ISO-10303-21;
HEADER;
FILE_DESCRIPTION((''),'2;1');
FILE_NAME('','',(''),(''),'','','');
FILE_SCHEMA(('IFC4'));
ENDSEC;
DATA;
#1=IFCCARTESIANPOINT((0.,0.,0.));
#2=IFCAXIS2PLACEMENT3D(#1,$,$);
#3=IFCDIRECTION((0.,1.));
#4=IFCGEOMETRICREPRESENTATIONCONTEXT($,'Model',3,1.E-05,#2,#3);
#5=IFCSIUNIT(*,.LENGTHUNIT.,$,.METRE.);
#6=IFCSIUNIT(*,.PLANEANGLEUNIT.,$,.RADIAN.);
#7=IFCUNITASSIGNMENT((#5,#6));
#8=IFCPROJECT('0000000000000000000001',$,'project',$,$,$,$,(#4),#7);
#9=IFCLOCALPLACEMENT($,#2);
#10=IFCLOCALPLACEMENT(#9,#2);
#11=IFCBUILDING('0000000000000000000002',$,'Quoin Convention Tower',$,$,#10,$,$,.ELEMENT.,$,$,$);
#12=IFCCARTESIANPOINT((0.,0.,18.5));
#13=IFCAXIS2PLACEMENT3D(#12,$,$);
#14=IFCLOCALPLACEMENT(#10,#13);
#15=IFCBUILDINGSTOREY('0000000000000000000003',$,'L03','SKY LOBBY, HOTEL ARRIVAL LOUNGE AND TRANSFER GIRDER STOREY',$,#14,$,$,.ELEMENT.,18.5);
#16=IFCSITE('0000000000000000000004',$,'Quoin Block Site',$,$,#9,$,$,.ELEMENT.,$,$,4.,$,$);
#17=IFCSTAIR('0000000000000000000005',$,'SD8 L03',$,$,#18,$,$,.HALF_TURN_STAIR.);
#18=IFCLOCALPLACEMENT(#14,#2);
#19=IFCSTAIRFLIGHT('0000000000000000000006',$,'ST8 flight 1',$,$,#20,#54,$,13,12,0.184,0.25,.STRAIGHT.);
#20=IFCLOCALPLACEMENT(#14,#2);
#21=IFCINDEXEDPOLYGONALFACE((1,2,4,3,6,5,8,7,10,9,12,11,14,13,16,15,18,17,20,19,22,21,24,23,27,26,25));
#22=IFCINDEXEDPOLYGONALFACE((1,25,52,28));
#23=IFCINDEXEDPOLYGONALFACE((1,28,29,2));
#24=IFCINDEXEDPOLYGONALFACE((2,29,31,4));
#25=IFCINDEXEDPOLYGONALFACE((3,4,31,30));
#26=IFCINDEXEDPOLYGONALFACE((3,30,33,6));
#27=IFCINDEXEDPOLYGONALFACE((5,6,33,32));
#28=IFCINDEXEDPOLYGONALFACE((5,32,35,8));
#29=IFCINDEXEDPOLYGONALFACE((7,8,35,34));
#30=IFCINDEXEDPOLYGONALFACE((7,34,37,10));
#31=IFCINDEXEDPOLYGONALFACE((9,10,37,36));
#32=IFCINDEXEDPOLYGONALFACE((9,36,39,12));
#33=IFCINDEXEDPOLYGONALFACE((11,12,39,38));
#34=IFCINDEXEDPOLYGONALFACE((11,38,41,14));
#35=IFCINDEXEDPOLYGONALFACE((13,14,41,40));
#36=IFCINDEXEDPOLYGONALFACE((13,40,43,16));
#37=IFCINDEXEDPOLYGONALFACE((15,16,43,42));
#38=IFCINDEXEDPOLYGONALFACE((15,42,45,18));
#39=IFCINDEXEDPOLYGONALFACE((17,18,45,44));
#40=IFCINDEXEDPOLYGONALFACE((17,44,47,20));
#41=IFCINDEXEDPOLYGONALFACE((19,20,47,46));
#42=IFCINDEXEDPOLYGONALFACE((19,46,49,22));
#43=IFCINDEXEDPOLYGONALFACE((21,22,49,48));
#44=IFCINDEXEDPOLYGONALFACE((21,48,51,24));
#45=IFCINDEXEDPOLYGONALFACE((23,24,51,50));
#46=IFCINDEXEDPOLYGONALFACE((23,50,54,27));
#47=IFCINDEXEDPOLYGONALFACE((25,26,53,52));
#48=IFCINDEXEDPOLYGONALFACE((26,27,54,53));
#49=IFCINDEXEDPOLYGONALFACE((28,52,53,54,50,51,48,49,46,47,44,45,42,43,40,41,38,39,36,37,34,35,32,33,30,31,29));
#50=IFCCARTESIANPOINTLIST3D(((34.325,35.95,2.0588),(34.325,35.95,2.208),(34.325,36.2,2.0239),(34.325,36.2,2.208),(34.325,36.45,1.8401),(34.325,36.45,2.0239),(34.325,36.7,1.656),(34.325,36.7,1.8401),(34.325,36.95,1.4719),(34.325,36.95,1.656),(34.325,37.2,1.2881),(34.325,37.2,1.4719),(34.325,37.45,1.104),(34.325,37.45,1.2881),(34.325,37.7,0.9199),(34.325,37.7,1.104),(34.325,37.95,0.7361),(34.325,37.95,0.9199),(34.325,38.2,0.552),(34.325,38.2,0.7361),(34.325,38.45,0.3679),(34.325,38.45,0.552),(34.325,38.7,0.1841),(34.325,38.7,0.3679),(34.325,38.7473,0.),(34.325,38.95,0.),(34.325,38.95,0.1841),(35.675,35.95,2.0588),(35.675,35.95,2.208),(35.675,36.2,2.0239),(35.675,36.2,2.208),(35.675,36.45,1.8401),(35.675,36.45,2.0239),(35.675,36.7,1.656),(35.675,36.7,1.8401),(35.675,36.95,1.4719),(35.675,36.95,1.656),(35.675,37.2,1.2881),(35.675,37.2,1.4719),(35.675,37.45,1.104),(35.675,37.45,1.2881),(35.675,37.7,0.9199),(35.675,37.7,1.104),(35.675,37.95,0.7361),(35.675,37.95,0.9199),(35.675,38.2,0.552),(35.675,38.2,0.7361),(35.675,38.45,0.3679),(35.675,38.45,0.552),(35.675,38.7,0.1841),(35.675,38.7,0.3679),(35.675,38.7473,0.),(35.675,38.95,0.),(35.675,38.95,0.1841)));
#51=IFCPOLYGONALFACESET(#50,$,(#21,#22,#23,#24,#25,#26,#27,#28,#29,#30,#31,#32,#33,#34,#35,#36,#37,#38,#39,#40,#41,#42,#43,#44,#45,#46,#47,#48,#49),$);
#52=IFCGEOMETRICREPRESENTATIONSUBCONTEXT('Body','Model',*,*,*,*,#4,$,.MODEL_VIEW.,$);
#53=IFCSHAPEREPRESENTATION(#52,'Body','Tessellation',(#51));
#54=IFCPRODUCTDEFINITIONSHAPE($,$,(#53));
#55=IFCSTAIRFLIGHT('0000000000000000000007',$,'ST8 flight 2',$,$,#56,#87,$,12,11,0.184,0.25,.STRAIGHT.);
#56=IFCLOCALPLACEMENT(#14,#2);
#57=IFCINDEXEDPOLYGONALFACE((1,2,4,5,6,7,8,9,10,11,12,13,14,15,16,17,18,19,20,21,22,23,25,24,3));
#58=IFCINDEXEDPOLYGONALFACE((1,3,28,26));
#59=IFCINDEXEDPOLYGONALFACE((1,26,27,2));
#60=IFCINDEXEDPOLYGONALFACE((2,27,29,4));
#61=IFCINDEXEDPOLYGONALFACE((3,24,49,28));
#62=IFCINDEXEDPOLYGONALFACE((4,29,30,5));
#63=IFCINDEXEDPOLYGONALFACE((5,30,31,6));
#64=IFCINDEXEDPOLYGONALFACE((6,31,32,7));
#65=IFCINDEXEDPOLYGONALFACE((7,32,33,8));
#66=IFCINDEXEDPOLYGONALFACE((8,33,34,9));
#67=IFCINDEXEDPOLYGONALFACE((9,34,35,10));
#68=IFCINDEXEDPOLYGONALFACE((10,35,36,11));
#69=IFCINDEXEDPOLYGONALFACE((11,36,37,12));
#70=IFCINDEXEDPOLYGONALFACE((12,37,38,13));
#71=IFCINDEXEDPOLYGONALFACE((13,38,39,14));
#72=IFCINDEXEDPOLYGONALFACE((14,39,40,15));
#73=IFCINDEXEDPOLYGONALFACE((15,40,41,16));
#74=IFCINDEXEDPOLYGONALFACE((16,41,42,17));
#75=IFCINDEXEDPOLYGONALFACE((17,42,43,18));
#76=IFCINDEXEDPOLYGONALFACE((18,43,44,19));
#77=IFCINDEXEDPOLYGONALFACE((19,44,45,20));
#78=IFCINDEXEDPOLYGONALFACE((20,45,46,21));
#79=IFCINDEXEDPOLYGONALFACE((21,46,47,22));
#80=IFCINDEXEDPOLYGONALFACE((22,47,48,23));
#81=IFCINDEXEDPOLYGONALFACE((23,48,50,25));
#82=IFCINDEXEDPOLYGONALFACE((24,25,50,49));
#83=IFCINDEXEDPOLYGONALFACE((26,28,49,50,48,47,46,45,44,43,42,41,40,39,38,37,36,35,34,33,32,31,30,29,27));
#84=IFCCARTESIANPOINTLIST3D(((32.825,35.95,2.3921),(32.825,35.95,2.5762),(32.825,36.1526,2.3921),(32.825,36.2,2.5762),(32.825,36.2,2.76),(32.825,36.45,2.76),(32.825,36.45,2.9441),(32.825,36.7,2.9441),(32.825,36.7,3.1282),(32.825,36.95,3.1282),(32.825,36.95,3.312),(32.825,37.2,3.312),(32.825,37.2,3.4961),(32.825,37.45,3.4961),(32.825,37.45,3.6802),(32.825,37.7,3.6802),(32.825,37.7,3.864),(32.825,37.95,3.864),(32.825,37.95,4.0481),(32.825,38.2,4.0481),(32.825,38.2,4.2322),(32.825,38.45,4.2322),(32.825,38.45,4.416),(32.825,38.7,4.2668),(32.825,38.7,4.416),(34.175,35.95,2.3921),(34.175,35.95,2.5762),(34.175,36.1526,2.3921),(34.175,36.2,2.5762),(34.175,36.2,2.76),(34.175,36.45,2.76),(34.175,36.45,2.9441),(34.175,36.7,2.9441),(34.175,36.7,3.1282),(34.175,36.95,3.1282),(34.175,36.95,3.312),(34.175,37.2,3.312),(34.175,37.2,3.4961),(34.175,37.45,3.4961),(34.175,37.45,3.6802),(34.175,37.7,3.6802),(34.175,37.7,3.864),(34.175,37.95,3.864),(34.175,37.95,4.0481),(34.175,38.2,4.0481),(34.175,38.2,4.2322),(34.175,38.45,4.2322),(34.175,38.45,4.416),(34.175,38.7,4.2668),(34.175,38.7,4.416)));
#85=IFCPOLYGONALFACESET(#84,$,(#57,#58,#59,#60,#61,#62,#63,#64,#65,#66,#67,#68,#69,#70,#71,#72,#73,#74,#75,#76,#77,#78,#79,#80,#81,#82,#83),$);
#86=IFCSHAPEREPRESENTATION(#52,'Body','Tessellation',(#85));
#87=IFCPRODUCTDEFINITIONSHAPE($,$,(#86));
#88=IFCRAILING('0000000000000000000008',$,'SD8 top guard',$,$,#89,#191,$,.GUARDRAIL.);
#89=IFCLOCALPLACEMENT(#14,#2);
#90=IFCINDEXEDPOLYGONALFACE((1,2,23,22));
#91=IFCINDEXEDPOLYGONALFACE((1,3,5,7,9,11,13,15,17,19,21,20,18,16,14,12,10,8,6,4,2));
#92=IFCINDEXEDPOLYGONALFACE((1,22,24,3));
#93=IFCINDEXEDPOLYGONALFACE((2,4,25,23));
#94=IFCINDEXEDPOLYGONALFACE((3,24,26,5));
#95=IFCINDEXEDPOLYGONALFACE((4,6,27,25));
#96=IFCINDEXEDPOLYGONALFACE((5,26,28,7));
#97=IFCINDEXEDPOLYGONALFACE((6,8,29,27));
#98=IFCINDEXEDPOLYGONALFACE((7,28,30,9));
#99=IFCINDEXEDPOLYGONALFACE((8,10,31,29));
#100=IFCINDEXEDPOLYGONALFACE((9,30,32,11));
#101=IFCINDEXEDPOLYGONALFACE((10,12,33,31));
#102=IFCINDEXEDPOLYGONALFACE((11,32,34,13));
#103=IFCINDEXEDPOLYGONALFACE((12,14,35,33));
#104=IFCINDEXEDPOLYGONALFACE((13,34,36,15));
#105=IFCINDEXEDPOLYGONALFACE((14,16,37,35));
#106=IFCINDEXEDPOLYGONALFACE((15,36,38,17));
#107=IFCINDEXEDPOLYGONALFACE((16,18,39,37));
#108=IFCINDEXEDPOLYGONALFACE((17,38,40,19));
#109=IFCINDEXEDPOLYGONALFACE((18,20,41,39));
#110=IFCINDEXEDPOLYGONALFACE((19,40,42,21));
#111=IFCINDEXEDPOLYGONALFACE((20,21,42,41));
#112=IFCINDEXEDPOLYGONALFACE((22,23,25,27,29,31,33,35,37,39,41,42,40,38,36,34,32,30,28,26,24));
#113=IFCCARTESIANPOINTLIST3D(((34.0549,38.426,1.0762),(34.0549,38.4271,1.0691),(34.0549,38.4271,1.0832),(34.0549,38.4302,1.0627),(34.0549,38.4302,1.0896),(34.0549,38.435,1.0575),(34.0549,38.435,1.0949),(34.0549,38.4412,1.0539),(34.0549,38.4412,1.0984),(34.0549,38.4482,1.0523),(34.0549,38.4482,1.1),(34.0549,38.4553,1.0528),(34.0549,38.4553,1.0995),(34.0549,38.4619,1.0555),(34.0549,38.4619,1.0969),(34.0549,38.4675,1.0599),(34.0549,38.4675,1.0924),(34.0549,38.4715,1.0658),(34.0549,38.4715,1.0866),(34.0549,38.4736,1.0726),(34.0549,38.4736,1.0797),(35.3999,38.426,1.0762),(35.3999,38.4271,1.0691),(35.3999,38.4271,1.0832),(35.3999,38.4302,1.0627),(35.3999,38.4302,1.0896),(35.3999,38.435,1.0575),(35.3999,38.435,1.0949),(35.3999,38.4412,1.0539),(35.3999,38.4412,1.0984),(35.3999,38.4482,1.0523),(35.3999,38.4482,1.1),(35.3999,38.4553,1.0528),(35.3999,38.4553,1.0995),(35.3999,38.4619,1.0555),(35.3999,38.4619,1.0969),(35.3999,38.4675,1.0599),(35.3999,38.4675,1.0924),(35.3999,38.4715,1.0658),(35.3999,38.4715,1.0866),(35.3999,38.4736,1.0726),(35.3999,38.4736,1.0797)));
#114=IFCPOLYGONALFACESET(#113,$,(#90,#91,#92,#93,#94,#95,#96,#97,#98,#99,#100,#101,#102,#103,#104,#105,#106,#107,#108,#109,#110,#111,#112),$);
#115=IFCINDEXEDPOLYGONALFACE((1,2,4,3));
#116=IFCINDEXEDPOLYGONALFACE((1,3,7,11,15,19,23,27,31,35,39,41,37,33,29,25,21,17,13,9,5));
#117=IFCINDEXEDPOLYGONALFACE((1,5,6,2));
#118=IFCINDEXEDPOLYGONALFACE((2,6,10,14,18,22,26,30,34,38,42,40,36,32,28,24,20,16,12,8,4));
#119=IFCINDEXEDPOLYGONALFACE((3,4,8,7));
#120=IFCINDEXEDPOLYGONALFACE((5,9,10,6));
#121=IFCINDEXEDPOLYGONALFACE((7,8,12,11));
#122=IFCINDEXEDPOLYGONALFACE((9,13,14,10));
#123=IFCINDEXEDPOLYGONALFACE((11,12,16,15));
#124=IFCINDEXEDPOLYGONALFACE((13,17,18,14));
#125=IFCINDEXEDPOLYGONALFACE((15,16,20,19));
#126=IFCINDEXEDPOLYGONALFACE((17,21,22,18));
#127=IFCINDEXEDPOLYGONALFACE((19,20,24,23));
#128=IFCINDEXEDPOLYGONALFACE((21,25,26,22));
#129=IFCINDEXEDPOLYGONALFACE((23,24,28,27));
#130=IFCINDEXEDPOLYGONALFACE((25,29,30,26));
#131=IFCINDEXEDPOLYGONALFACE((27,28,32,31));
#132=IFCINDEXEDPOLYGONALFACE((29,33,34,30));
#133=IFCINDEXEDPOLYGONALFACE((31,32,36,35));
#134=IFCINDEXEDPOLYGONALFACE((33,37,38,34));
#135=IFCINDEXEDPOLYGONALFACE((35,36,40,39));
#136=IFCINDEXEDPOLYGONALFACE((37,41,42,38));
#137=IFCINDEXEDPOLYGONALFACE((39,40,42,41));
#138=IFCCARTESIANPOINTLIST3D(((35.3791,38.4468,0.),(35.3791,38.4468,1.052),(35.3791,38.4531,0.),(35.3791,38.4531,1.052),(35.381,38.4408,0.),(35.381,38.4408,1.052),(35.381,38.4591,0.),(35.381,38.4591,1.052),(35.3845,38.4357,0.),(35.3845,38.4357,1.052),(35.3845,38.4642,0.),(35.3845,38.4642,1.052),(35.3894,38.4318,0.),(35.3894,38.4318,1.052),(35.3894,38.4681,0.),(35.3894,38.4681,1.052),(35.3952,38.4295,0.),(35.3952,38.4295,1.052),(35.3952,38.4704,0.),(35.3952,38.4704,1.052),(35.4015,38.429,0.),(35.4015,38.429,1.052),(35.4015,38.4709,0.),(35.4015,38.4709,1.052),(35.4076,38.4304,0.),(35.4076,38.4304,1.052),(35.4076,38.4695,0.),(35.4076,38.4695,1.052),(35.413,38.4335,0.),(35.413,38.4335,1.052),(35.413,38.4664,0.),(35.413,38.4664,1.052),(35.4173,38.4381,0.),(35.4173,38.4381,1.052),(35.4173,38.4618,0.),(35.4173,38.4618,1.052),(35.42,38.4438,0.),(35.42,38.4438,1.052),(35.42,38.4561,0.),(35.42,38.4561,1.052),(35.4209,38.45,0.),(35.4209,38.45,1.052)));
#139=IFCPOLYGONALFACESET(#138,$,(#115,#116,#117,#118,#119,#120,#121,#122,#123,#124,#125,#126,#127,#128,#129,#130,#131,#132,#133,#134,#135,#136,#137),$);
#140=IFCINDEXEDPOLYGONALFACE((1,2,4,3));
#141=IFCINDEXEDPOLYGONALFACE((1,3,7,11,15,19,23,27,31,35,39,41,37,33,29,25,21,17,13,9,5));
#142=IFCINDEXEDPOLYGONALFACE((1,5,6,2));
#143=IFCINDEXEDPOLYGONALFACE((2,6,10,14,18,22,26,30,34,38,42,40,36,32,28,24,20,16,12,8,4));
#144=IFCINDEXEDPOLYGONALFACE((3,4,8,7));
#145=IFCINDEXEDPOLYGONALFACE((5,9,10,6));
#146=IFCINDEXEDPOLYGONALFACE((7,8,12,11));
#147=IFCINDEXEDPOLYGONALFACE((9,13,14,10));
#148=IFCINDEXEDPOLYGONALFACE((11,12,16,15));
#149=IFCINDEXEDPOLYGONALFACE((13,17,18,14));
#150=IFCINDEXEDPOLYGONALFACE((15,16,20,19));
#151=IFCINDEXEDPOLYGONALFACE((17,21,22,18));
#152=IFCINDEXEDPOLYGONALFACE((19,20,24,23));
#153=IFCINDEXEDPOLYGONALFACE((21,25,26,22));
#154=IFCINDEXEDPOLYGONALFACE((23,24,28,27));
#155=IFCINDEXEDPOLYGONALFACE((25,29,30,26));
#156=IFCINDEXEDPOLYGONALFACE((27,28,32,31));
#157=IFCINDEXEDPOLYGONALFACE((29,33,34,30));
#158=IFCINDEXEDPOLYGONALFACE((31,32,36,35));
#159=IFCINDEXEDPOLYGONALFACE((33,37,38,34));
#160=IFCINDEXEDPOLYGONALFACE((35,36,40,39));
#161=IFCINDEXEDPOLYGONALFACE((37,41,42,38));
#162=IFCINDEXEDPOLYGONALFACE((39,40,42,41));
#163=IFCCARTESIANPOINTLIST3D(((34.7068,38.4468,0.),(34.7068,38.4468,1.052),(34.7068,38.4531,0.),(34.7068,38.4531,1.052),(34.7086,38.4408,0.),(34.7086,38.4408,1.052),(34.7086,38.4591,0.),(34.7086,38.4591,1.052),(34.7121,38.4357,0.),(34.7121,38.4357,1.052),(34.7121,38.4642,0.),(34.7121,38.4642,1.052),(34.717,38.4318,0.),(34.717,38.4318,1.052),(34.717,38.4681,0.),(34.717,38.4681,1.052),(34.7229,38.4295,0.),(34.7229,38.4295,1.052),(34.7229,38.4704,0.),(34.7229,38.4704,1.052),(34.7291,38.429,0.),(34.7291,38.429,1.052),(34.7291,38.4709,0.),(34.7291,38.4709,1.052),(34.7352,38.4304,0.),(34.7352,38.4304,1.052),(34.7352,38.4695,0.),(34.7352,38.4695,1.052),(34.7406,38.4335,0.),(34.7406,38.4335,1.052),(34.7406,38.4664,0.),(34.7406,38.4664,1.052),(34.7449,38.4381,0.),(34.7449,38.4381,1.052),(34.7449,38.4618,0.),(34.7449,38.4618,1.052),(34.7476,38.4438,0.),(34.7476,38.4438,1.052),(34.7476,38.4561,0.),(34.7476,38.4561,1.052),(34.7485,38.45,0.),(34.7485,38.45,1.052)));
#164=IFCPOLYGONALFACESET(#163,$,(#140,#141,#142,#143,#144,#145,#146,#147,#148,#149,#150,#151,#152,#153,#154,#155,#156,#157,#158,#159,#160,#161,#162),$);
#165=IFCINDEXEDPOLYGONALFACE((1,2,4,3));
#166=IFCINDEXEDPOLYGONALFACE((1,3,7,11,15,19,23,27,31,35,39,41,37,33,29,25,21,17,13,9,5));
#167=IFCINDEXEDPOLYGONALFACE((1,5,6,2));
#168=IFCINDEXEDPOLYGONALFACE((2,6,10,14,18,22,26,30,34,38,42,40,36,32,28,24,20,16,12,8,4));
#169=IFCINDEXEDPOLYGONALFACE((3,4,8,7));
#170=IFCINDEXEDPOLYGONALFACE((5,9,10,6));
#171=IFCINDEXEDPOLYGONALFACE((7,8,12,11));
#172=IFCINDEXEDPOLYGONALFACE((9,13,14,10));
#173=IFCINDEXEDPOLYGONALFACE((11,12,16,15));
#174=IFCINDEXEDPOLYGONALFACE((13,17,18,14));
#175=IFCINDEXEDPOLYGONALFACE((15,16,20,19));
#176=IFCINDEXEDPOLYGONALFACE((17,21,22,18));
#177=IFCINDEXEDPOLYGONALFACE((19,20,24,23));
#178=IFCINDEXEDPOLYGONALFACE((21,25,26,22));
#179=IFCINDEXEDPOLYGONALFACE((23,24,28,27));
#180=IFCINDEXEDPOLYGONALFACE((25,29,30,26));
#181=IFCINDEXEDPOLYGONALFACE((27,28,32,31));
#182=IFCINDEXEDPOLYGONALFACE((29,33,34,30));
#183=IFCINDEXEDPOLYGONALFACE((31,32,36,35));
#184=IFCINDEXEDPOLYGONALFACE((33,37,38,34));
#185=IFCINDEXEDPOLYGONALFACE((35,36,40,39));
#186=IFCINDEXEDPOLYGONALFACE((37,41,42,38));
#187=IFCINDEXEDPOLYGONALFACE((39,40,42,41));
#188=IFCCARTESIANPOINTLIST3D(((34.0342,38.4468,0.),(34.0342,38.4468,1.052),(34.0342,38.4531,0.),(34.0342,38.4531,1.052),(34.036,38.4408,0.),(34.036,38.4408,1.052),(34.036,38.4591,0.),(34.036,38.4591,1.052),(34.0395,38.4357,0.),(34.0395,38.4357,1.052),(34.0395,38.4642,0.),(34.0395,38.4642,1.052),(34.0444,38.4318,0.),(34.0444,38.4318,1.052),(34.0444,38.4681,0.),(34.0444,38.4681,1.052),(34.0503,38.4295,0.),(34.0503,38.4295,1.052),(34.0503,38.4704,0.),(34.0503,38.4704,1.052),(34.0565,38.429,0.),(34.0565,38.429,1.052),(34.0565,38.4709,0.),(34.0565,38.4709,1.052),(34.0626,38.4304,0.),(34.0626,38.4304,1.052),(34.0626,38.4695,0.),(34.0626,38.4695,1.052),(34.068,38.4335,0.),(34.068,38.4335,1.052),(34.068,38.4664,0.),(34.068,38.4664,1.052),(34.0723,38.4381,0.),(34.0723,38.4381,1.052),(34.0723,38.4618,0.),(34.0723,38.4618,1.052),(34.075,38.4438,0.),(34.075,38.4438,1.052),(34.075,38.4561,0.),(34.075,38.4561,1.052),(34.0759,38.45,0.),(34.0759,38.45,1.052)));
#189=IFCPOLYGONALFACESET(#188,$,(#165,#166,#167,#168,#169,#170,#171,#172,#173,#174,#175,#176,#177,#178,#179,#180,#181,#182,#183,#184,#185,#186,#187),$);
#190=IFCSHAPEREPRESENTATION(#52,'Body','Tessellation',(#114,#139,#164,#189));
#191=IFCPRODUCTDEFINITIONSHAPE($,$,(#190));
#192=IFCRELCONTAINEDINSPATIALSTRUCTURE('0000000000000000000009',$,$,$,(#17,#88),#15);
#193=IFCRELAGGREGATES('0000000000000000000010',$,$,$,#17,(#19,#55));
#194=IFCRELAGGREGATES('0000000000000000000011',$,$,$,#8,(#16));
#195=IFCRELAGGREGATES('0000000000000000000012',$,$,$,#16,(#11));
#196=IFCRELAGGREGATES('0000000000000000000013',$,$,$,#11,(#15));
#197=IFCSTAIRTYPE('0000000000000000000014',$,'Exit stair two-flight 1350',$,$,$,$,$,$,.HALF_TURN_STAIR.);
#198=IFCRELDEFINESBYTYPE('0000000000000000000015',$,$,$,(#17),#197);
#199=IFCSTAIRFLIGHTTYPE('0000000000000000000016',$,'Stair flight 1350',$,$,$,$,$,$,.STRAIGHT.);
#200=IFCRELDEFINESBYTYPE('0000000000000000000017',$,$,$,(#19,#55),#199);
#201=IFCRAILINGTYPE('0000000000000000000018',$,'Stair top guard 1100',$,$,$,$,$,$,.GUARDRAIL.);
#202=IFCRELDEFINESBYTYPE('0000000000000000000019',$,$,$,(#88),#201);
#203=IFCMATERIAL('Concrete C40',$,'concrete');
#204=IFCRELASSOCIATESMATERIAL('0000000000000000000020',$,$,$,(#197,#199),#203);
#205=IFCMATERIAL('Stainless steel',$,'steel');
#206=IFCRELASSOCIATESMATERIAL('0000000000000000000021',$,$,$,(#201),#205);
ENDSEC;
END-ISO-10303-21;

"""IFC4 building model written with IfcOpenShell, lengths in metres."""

from ifc_helpers import new_model, si_unit, direction, frame, origin, origin_2d, place, context, subcontext, project, spatial, polyline, circle, outline, extrude, material, type_object, element, aggregate, save


model = new_model("IFC4")

# Units and contexts
model_context = context("Model", 3, precision=1e-05, world=origin(), true_north=direction((0.0, 1.0)))
body_context = subcontext(model_context, "Body", "Model", "MODEL_VIEW")
ifc_project = project(units=[si_unit("LENGTHUNIT", "METRE"), si_unit("PLANEANGLEUNIT", "RADIAN")], contexts=[model_context])

# Site, building, storey
site_placement = place(None, origin())
site = spatial("IfcSite", under=ifc_project, at=site_placement, Name="Quoin Block Site", CompositionType="ELEMENT", RefElevation=4.0)
building_placement = place(site_placement, origin())
building = spatial("IfcBuilding", under=site, at=building_placement, Name="Quoin Convention Tower", CompositionType="ELEMENT")
storey_placement = place(building_placement, frame((0.0, 0.0, 18.5)))
storey = spatial("IfcBuildingStorey", under=building, at=storey_placement, Name="L03", Description="SKY LOBBY, HOTEL ARRIVAL LOUNGE AND TRANSFER GIRDER STOREY", CompositionType="ELEMENT", Elevation=18.5)

# Stair, stair flights
ifc_material_1 = material(Name="Concrete C40", Category="concrete")
stair_type = type_object("IfcStairType", Name="Exit stair two-flight 1350", PredefinedType="HALF_TURN_STAIR", material=ifc_material_1)
stair_placement = place(storey_placement, origin())
stair = element("IfcStair", 1, at=stair_placement, inside=storey, type_object=stair_type, Name="SD8 L03", PredefinedType="HALF_TURN_STAIR")
stair_flight_type = type_object("IfcStairFlightType", Name="Stair flight 1350", PredefinedType="STRAIGHT", material=ifc_material_1)
stair_flight_1_placement = place(storey_placement, frame((35.0, 38.95, 0.0), z_axis=(0.0, 0.0, 1.0), x_axis=(0.0, -1.0, 0.0)))
stair_flight_1 = element("IfcStairFlight", 2, at=stair_flight_1_placement, type_object=stair_flight_type, Name="ST8 flight 1", NumberOfRisers=13, NumberOfTreads=12, PredefinedType="STRAIGHT", RiserHeight=0.184, TreadLength=0.25, context=body_context, shape_type="SweptSolid", body=[
    extrude(outline(polyline([(0.0, 0.0), (0.0, 0.1841), (0.25, 0.1841), (0.25, 0.3679), (0.5, 0.3679), (0.5, 0.552), (0.75, 0.552), (0.75, 0.7361), (1.0, 0.7361), (1.0, 0.9199), (1.25, 0.9199), (1.25, 1.104), (1.5, 1.104), (1.5, 1.2881), (1.75, 1.2881), (1.75, 1.4719), (2.0, 1.4719), (2.0, 1.656), (2.25, 1.656), (2.25, 1.8401), (2.5, 1.8401), (2.5, 2.0239), (2.75, 2.0239), (2.75, 2.208), (3.0, 2.208), (3.0, 2.3921), (3.0, 2.0588), (0.2026, 0.0), (0.0, 0.0)])), frame((0.0, 0.675, 0.0), z_axis=(0.0, -1.0, 0.0), x_axis=(1.0, 0.0, 0.0)), (0.0, 0.0, 1.0), 1.3501),
])
stair_flight_2_placement = place(storey_placement, frame((33.5, 35.95, 2.3921), z_axis=(0.0, 0.0, 1.0), x_axis=(0.0, 1.0, 0.0)))
stair_flight_2 = element("IfcStairFlight", 3, at=stair_flight_2_placement, type_object=stair_flight_type, Name="ST8 flight 2", NumberOfRisers=12, NumberOfTreads=11, PredefinedType="STRAIGHT", RiserHeight=0.184, TreadLength=0.25, context=body_context, shape_type="SweptSolid", body=[
    extrude(outline(polyline([(0.0, 0.0), (0.0, 0.1841), (0.25, 0.1841), (0.25, 0.3679), (0.5, 0.3679), (0.5, 0.552), (0.75, 0.552), (0.75, 0.7361), (1.0, 0.7361), (1.0, 0.9199), (1.25, 0.9199), (1.25, 1.104), (1.5, 1.104), (1.5, 1.2881), (1.75, 1.2881), (1.75, 1.4719), (2.0, 1.4719), (2.0, 1.656), (2.25, 1.656), (2.25, 1.8401), (2.5, 1.8401), (2.5, 2.0239), (2.75, 2.0239), (2.75, 2.208), (2.75, 1.8748), (0.2026, 0.0), (0.0, 0.0)])), frame((0.0, 0.675, 0.0), z_axis=(0.0, -1.0, 0.0), x_axis=(1.0, 0.0, 0.0)), (0.0, 0.0, 1.0), 1.3501),
])
aggregate(stair, [stair_flight_1, stair_flight_2])

# Railing
ifc_material_2 = material(Name="Stainless steel", Category="steel")
railing_type_1 = type_object("IfcRailingType", Name="Stair top guard 1100", PredefinedType="GUARDRAIL", material=ifc_material_2)
railing_1_placement = place(storey_placement, frame((35.3999, 38.45, 0.0)))
element("IfcRailing", 4, at=railing_1_placement, inside=storey, type_object=railing_type_1, Name="SD8 top guard", PredefinedType="GUARDRAIL", context=body_context, shape_type="SweptSolid", body=[
    extrude(circle(Radius=0.0239, at=origin_2d()), frame((0.0, 0.0, 1.0762), z_axis=(-1.0, 0.0, 0.0), x_axis=(0.0, -1.0, 0.0)), (0.0, 0.0, 1.0), 1.345),
    extrude(circle(Radius=0.021, at=origin_2d()), origin(), (0.0, 0.0, 1.0), 1.052),
    extrude(circle(Radius=0.021, at=origin_2d()), frame((-0.6724, 0.0, 0.0)), (0.0, 0.0, 1.0), 1.052),
    extrude(circle(Radius=0.021, at=origin_2d()), frame((-1.345, 0.0, 0.0)), (0.0, 0.0, 1.0), 1.052),
])

save(model, "model.ifc")
